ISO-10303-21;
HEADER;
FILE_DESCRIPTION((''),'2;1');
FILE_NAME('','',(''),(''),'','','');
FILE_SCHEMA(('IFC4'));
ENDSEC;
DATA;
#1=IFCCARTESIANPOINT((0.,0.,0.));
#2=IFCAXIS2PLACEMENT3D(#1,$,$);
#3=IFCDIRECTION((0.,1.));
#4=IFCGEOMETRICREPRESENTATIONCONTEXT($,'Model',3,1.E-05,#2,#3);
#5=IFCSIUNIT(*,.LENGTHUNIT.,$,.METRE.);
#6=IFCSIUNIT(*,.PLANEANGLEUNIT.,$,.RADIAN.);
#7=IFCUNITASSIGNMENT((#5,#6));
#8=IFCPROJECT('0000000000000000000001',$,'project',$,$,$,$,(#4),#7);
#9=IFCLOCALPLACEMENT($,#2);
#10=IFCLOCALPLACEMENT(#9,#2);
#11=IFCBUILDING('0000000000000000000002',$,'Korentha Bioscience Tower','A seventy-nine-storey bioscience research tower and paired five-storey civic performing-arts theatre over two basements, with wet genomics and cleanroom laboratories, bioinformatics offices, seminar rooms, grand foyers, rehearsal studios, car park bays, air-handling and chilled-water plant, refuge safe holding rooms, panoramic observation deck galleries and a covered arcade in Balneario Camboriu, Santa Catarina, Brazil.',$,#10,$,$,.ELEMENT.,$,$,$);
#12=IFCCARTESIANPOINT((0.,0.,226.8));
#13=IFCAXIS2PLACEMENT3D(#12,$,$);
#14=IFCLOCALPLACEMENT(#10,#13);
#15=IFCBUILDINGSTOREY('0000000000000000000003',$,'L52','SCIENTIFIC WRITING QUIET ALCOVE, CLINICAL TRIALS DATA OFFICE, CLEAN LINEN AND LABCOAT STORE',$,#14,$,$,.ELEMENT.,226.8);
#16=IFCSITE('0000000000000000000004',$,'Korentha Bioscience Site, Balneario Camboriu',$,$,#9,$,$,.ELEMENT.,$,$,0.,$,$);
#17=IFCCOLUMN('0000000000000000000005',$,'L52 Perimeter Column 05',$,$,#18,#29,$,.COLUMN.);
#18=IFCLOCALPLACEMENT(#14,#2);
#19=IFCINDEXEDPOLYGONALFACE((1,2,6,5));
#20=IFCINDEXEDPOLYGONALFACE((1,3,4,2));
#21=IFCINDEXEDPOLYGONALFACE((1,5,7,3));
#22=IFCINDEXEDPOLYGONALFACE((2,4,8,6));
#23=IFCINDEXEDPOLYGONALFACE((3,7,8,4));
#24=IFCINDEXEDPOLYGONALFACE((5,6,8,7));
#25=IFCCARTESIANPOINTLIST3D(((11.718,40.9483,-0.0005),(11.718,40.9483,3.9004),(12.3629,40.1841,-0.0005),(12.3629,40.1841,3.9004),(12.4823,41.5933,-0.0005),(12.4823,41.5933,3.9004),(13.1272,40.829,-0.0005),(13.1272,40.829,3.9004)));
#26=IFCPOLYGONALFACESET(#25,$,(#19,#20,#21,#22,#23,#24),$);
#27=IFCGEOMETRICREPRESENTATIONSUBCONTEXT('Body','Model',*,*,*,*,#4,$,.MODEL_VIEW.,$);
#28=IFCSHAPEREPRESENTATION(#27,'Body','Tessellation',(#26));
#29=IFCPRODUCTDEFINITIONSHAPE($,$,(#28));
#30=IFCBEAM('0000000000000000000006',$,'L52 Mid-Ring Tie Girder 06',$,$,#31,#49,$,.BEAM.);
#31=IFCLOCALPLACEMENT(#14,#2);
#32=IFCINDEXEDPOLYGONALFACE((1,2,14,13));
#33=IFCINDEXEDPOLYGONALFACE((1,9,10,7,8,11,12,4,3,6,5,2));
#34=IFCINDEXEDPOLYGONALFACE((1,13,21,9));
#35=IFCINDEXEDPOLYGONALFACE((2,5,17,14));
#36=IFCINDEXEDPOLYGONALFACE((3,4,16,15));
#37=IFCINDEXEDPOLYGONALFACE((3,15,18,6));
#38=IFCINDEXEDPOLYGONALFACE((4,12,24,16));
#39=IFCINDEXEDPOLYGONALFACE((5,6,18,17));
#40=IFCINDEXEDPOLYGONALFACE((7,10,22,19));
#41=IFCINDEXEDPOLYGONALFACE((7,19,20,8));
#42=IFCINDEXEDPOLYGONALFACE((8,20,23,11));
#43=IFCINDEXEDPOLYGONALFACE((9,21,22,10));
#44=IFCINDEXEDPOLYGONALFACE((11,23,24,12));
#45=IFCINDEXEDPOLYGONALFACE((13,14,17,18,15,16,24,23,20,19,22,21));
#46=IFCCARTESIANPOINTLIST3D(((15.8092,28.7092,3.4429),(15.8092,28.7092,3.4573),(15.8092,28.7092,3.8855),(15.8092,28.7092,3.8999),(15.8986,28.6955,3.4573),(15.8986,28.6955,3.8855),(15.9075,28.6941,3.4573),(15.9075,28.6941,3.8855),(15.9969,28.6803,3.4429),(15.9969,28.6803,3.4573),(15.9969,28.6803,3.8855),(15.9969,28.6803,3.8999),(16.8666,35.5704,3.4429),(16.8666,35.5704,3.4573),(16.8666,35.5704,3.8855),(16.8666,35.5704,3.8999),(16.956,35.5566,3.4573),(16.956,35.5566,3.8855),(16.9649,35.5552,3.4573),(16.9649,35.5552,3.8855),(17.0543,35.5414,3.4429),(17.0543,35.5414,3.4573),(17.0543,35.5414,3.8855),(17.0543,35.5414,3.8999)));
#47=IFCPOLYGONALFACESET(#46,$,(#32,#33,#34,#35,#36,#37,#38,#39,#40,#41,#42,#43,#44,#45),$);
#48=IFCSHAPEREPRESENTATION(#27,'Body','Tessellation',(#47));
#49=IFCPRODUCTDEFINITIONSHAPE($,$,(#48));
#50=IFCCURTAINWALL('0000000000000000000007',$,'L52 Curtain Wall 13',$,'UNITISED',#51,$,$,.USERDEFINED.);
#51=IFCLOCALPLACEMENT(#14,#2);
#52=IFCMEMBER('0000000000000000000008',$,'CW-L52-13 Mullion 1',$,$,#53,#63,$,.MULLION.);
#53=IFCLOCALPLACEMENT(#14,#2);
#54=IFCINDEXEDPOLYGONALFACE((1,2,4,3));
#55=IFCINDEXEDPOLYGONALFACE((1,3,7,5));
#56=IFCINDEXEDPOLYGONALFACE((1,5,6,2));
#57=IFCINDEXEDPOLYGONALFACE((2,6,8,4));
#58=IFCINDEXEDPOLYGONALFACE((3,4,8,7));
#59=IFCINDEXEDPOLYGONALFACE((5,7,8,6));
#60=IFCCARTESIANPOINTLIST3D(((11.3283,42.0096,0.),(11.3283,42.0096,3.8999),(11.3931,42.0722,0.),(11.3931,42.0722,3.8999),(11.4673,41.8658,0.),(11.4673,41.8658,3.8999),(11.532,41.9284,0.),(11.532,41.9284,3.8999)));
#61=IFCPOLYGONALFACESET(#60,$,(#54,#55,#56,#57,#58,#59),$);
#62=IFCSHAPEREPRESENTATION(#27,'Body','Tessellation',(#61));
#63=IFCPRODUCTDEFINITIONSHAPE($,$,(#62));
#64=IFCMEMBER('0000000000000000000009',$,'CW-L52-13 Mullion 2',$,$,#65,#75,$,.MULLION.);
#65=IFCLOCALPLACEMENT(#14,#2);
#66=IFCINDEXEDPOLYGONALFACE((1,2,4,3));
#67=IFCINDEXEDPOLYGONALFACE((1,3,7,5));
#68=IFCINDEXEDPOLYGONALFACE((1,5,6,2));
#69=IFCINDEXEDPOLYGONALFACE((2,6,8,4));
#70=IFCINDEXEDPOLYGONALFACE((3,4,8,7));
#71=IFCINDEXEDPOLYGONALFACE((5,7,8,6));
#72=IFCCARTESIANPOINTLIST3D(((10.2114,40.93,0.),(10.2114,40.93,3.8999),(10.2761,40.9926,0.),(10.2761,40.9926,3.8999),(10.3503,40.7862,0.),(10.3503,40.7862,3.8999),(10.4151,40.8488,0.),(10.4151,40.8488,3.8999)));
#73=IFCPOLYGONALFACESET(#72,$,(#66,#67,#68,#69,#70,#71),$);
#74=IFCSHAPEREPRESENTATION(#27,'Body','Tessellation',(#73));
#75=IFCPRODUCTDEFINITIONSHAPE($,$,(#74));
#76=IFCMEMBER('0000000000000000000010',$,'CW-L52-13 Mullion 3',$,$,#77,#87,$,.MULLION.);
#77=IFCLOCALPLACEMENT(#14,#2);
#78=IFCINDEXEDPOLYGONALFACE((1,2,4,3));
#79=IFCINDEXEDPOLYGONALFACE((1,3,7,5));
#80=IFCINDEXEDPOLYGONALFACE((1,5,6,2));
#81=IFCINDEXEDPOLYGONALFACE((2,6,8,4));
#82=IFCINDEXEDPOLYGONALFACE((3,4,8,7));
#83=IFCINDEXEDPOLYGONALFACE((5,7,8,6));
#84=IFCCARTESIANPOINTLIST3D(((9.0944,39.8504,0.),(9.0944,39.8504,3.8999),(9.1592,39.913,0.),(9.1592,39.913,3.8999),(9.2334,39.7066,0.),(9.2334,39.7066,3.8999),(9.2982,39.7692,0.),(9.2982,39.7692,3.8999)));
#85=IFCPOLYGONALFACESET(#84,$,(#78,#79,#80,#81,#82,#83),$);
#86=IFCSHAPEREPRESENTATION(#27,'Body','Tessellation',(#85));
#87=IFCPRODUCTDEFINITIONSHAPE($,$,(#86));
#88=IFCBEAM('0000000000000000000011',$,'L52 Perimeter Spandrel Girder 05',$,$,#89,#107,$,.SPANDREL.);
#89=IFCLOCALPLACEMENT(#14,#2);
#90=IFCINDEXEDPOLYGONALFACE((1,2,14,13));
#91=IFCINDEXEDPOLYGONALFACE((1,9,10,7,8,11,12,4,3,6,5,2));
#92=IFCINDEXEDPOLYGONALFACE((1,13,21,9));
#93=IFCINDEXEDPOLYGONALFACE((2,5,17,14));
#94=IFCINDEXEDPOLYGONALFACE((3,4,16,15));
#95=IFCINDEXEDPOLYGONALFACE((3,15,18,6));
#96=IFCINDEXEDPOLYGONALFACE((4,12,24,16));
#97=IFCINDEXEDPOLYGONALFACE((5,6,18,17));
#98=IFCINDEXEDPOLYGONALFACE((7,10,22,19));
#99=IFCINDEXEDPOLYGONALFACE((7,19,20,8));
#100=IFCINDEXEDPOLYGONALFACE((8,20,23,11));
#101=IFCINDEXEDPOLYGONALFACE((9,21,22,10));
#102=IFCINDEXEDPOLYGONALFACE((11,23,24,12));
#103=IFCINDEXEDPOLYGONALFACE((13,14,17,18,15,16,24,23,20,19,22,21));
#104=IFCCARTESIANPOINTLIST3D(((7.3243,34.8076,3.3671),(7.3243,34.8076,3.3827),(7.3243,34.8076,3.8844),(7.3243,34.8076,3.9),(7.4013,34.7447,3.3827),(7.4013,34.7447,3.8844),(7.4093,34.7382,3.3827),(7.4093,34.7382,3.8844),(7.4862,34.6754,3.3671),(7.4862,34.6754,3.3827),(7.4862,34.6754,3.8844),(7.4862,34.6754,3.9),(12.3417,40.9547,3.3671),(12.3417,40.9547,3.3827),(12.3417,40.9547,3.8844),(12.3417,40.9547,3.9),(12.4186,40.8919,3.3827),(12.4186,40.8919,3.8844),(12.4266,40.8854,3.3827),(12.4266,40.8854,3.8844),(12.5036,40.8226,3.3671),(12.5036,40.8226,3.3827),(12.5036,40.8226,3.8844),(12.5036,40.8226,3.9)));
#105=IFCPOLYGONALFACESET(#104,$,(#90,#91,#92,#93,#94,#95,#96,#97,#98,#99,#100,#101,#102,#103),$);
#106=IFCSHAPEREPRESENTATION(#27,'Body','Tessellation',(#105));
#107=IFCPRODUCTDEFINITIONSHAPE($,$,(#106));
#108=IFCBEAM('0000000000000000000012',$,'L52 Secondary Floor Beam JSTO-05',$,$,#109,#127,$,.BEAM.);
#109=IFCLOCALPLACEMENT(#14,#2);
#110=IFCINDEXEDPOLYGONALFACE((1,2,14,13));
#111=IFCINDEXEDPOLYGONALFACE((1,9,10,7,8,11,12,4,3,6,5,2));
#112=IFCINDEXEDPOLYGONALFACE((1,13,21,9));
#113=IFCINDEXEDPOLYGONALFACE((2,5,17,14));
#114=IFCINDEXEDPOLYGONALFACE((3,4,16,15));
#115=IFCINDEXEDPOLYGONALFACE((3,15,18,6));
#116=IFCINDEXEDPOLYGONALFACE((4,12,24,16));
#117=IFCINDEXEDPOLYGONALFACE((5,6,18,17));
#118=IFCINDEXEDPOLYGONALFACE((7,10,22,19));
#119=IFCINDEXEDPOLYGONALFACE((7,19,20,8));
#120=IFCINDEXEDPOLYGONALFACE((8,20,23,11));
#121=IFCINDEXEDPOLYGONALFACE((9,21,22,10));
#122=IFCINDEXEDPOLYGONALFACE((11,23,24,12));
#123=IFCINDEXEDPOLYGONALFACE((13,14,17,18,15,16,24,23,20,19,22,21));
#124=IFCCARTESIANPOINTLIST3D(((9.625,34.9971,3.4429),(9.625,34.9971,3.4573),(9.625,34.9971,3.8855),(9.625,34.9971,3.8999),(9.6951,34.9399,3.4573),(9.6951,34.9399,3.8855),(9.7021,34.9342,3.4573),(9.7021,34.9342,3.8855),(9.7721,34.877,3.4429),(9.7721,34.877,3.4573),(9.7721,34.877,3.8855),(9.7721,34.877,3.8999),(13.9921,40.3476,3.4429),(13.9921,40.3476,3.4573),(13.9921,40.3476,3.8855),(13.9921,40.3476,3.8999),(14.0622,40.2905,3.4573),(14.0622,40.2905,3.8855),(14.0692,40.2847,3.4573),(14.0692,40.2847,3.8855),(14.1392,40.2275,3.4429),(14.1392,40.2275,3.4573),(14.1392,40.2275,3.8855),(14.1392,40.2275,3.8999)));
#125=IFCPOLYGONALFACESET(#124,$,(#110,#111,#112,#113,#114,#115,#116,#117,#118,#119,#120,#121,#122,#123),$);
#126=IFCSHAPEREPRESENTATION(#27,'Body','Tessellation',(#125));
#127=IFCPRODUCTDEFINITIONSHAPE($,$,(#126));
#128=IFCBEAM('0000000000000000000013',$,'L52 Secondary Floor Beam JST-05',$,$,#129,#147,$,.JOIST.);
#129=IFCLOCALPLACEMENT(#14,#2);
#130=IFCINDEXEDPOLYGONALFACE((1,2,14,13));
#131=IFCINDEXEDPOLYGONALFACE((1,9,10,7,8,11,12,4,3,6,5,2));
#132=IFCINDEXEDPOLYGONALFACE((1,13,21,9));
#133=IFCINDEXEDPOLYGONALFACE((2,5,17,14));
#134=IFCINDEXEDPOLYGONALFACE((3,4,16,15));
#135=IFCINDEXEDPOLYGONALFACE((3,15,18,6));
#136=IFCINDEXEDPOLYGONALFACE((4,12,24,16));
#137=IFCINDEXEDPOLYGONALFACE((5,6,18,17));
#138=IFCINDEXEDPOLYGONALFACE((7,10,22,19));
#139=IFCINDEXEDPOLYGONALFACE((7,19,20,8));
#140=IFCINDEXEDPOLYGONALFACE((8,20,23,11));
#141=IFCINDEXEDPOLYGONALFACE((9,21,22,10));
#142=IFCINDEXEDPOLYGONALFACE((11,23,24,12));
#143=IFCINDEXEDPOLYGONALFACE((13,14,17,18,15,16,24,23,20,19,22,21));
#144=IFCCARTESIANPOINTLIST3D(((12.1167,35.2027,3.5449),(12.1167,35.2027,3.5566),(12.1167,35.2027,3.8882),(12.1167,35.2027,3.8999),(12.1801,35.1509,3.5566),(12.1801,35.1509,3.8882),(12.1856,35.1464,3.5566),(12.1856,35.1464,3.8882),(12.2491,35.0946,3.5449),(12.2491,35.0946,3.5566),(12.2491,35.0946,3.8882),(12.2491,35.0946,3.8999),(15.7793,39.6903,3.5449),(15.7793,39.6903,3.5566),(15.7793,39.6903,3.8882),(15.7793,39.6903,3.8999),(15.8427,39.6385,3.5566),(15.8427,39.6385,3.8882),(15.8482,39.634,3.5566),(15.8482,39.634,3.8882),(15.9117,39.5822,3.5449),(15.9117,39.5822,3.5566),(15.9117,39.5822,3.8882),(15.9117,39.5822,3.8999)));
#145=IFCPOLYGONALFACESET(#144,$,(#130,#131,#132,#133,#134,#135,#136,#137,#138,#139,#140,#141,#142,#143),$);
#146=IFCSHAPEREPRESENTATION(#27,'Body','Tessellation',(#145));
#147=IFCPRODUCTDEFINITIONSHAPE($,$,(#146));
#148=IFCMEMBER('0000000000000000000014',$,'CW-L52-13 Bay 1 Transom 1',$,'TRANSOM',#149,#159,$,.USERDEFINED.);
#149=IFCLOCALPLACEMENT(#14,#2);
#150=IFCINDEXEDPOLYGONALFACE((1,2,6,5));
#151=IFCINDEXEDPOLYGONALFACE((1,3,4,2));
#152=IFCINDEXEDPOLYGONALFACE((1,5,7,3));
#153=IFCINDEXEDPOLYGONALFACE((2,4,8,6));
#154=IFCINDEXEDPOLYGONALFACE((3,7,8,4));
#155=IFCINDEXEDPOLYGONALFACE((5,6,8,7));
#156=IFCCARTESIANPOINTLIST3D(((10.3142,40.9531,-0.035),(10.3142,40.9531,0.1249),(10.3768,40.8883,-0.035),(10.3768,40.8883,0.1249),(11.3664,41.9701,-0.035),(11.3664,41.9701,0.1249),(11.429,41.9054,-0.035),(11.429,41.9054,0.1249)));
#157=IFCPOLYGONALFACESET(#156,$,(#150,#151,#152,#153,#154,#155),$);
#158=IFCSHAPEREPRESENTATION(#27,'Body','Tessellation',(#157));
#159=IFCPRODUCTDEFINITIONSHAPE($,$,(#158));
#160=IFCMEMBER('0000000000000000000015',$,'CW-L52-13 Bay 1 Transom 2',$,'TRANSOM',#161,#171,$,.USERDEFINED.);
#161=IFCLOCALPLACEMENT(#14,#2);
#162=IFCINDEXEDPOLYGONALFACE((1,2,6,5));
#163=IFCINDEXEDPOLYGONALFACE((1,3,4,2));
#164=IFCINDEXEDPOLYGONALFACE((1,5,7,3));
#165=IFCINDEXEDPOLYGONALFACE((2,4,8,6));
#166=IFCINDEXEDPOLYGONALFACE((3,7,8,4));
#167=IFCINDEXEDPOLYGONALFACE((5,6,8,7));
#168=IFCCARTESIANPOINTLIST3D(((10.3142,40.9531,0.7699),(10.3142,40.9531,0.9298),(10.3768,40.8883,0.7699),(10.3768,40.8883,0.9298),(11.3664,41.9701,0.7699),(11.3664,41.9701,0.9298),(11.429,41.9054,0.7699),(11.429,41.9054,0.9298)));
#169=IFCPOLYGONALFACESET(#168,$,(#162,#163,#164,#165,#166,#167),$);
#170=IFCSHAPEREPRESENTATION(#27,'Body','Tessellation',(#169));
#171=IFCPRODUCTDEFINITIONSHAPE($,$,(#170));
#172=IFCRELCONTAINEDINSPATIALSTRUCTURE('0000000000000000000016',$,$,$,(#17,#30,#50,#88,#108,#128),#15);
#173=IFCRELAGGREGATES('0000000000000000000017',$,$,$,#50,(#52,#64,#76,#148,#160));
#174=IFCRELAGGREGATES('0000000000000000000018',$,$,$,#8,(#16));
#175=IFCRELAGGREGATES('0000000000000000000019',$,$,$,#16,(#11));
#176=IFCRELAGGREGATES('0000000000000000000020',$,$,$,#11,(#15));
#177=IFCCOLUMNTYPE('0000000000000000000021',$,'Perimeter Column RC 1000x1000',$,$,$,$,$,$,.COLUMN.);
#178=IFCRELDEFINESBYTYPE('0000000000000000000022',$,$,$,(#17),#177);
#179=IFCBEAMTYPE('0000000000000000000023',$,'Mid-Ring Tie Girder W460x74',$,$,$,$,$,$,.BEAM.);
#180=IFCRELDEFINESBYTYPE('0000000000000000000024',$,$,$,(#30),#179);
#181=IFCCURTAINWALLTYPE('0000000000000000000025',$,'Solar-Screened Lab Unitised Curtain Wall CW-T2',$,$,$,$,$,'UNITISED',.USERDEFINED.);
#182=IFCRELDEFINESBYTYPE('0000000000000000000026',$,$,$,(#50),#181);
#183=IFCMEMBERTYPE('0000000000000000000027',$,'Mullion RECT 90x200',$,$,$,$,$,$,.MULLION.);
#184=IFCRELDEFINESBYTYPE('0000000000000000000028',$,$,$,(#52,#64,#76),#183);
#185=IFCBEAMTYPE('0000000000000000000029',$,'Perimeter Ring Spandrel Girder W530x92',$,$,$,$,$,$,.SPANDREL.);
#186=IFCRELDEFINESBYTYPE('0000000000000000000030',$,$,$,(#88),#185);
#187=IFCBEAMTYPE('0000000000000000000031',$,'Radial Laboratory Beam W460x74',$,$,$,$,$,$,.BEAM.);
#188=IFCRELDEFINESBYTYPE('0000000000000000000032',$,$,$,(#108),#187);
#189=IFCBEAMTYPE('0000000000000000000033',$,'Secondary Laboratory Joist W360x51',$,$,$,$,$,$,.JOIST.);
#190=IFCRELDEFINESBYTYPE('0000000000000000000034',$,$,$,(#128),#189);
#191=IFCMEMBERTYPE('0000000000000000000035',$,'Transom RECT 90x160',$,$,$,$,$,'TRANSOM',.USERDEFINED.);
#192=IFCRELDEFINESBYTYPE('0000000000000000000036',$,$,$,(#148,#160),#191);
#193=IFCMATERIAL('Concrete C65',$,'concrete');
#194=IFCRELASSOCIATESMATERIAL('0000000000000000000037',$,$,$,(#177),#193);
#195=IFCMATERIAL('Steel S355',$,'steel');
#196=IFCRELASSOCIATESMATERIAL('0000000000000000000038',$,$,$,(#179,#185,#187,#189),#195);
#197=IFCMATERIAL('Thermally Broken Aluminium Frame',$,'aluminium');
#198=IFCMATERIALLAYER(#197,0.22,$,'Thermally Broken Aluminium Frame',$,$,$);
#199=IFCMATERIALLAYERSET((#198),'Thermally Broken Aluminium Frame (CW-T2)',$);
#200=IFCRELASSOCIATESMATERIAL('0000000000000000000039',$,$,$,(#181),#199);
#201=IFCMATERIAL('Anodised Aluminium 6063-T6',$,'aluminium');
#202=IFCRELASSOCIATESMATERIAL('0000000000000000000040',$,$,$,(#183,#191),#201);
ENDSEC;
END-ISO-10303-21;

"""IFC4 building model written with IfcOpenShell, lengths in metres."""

from ifc_helpers import new_model, si_unit, direction, frame, origin, origin_2d, place, context, subcontext, project, spatial, rectangle, i_section, extrude, material, layer, layer_set, material_profile, profile_set, type_object, element, aggregate, save


model = new_model("IFC4")

# Units and contexts
model_context = context("Model", 3, precision=1e-05, world=origin(), true_north=direction((0.0, 1.0)))
body_context = subcontext(model_context, "Body", "Model", "MODEL_VIEW")
ifc_project = project(units=[si_unit("LENGTHUNIT", "METRE"), si_unit("PLANEANGLEUNIT", "RADIAN")], contexts=[model_context])

# Site, building, storey
site_placement = place(None, origin())
site = spatial("IfcSite", under=ifc_project, at=site_placement, Name="Korentha Bioscience Site, Balneario Camboriu", CompositionType="ELEMENT", RefElevation=0.0)
building_placement = place(site_placement, origin())
building = spatial("IfcBuilding", under=site, at=building_placement, Name="Korentha Bioscience Tower", Description="A seventy-nine-storey bioscience research tower and paired five-storey civic performing-arts theatre over two basements, with wet genomics and cleanroom laboratories, bioinformatics offices, seminar rooms, grand foyers, rehearsal studios, car park bays, air-handling and chilled-water plant, refuge safe holding rooms, panoramic observation deck galleries and a covered arcade in Balneario Camboriu, Santa Catarina, Brazil.", CompositionType="ELEMENT")
storey_placement = place(building_placement, frame((0.0, 0.0, 226.8)))
storey = spatial("IfcBuildingStorey", under=building, at=storey_placement, Name="L52", Description="SCIENTIFIC WRITING QUIET ALCOVE, CLINICAL TRIALS DATA OFFICE, CLEAN LINEN AND LABCOAT STORE", CompositionType="ELEMENT", Elevation=226.8)

# Column
ifc_material_1 = material(Name="Concrete C65", Category="concrete")
ifc_material_profile_1 = material_profile(ifc_material_1, rectangle(XDim=1.0, YDim=1.0, at=origin_2d()), Name="Concrete C65")
ifc_profile_set_1 = profile_set([ifc_material_profile_1], Name="Concrete C65 (COL-P10)")
column_type = type_object("IfcColumnType", Name="Perimeter Column RC 1000x1000", PredefinedType="COLUMN", material=ifc_profile_set_1)
column_placement = place(storey_placement, frame((12.4226, 40.8887, -0.0005), z_axis=(0.0, 0.0, 1.0), x_axis=(0.764246, 0.644924, 0.0)))
element("IfcColumn", 1, at=column_placement, inside=storey, type_object=column_type, Name="L52 Perimeter Column 05", PredefinedType="COLUMN", context=body_context, shape_type="SweptSolid", body=[
    extrude(rectangle(XDim=1.0, YDim=1.0, at=origin_2d()), origin(), (0.0, 0.0, 1.0), 3.9009),
])

# Beam
ifc_material_2 = material(Name="Steel S355", Category="steel")
ifc_material_profile_2 = material_profile(ifc_material_2, i_section(OverallWidth=0.1899, OverallDepth=0.457, WebThickness=0.009, FlangeThickness=0.0144, at=origin_2d()), Name="Steel S355")
ifc_profile_set_2 = profile_set([ifc_material_profile_2], Name="Steel S355 (MB-460)")
beam_type_1 = type_object("IfcBeamType", Name="Mid-Ring Tie Girder W460x74", PredefinedType="BEAM", material=ifc_profile_set_2)
beam_1_placement = place(storey_placement, frame((16.9604, 35.5559, 3.6714), z_axis=(-0.152314, -0.988332, 0.0), x_axis=(0.988332, -0.152314, 0.0)))
element("IfcBeam", 2, at=beam_1_placement, inside=storey, type_object=beam_type_1, Name="L52 Mid-Ring Tie Girder 06", PredefinedType="BEAM", context=body_context, shape_type="SweptSolid", body=[
    extrude(i_section(OverallWidth=0.1899, OverallDepth=0.457, WebThickness=0.009, FlangeThickness=0.0144, at=origin_2d()), origin(), (0.0, 0.0, 1.0), 6.9421),
])

# Curtain wall, members
ifc_material_3 = material(Name="Thermally Broken Aluminium Frame", Category="aluminium")
ifc_layer_1 = layer(ifc_material_3, 0.22, Name="Thermally Broken Aluminium Frame")
ifc_layer_set_1 = layer_set([ifc_layer_1], Name="Thermally Broken Aluminium Frame (CW-T2)")
curtain_wall_type = type_object("IfcCurtainWallType", Name="Solar-Screened Lab Unitised Curtain Wall CW-T2", ElementType="UNITISED", PredefinedType="USERDEFINED", material=ifc_layer_set_1)
curtain_wall_placement = place(storey_placement, origin())
curtain_wall = element("IfcCurtainWall", 3, at=curtain_wall_placement, inside=storey, type_object=curtain_wall_type, Name="L52 Curtain Wall 13", ObjectType="UNITISED", PredefinedType="USERDEFINED")
ifc_material_4 = material(Name="Anodised Aluminium 6063-T6", Category="aluminium")
ifc_material_profile_3 = material_profile(ifc_material_4, rectangle(XDim=0.0901, YDim=0.2, at=origin_2d()), Name="Anodised Aluminium 6063-T6")
ifc_profile_set_3 = profile_set([ifc_material_profile_3], Name="Anodised Aluminium 6063-T6 (CW-MUL)")
member_type_1 = type_object("IfcMemberType", Name="Mullion RECT 90x200", PredefinedType="MULLION", material=ifc_profile_set_3)
member_1_placement = place(storey_placement, frame((11.4302, 41.969, 0.0), z_axis=(0.0, 0.0, 1.0), x_axis=(-0.719, -0.69501, 0.0)))
member_1 = element("IfcMember", 4, at=member_1_placement, type_object=member_type_1, Name="CW-L52-13 Mullion 1", PredefinedType="MULLION", context=body_context, shape_type="SweptSolid", body=[
    extrude(rectangle(XDim=0.0901, YDim=0.2, at=origin_2d()), origin(), (0.0, 0.0, 1.0), 3.8999),
])
member_2_placement = place(storey_placement, frame((10.3132, 40.8894, 0.0), z_axis=(0.0, 0.0, 1.0), x_axis=(-0.719, -0.69501, 0.0)))
member_2 = element("IfcMember", 5, at=member_2_placement, type_object=member_type_1, Name="CW-L52-13 Mullion 2", PredefinedType="MULLION", context=body_context, shape_type="SweptSolid", body=[
    extrude(rectangle(XDim=0.0901, YDim=0.2, at=origin_2d()), origin(), (0.0, 0.0, 1.0), 3.8999),
])
member_3_placement = place(storey_placement, frame((9.1963, 39.8098, 0.0), z_axis=(0.0, 0.0, 1.0), x_axis=(-0.719, -0.69501, 0.0)))
member_3 = element("IfcMember", 6, at=member_3_placement, type_object=member_type_1, Name="CW-L52-13 Mullion 3", PredefinedType="MULLION", context=body_context, shape_type="SweptSolid", body=[
    extrude(rectangle(XDim=0.0901, YDim=0.2, at=origin_2d()), origin(), (0.0, 0.0, 1.0), 3.8999),
])

# Beams
ifc_material_profile_4 = material_profile(ifc_material_2, i_section(OverallWidth=0.209, OverallDepth=0.533, WebThickness=0.0103, FlangeThickness=0.0156, at=origin_2d()), Name="Steel S355")
ifc_profile_set_4 = profile_set([ifc_material_profile_4], Name="Steel S355 (SB-530)")
beam_type_2 = type_object("IfcBeamType", Name="Perimeter Ring Spandrel Girder W530x92", PredefinedType="SPANDREL", material=ifc_profile_set_4)
beam_2_placement = place(storey_placement, frame((12.4226, 40.8887, 3.6335), z_axis=(-0.632316, -0.774711, 0.0), x_axis=(0.774711, -0.632316, 0.0)))
element("IfcBeam", 7, at=beam_2_placement, inside=storey, type_object=beam_type_2, Name="L52 Perimeter Spandrel Girder 05", PredefinedType="SPANDREL", context=body_context, shape_type="SweptSolid", body=[
    extrude(i_section(OverallWidth=0.209, OverallDepth=0.533, WebThickness=0.0103, FlangeThickness=0.0156, at=origin_2d()), origin(), (0.0, 0.0, 1.0), 7.9348),
])
ifc_material_profile_5 = material_profile(ifc_material_2, i_section(OverallWidth=0.1899, OverallDepth=0.457, WebThickness=0.009, FlangeThickness=0.0144, at=origin_2d()), Name="Steel S355")
ifc_profile_set_5 = profile_set([ifc_material_profile_5], Name="Steel S355 (RB-460)")
beam_type_3 = type_object("IfcBeamType", Name="Radial Laboratory Beam W460x74", PredefinedType="BEAM", material=ifc_profile_set_5)
beam_3_placement = place(storey_placement, frame((14.0657, 40.2876, 3.6714), z_axis=(-0.632321, -0.774706, 0.0), x_axis=(0.774706, -0.632321, 0.0)))
element("IfcBeam", 8, at=beam_3_placement, inside=storey, type_object=beam_type_3, Name="L52 Secondary Floor Beam JSTO-05", PredefinedType="BEAM", context=body_context, shape_type="SweptSolid", body=[
    extrude(i_section(OverallWidth=0.1899, OverallDepth=0.457, WebThickness=0.009, FlangeThickness=0.0144, at=origin_2d()), origin(), (0.0, 0.0, 1.0), 6.9065),
])
ifc_material_profile_6 = material_profile(ifc_material_2, i_section(OverallWidth=0.1709, OverallDepth=0.355, WebThickness=0.0071, FlangeThickness=0.0117, at=origin_2d()), Name="Steel S355")
ifc_profile_set_6 = profile_set([ifc_material_profile_6], Name="Steel S355 (JB-360)")
beam_type_4 = type_object("IfcBeamType", Name="Secondary Laboratory Joist W360x51", PredefinedType="JOIST", material=ifc_profile_set_6)
beam_4_placement = place(storey_placement, frame((15.8455, 39.6362, 3.7224), z_axis=(-0.632303, -0.774721, 0.0), x_axis=(0.774721, -0.632303, 0.0)))
element("IfcBeam", 9, at=beam_4_placement, inside=storey, type_object=beam_type_4, Name="L52 Secondary Floor Beam JST-05", PredefinedType="JOIST", context=body_context, shape_type="SweptSolid", body=[
    extrude(i_section(OverallWidth=0.1709, OverallDepth=0.355, WebThickness=0.0071, FlangeThickness=0.0117, at=origin_2d()), origin(), (0.0, 0.0, 1.0), 5.7925),
])

# Members
ifc_material_profile_7 = material_profile(ifc_material_4, rectangle(XDim=0.0901, YDim=0.1599, at=origin_2d()), Name="Anodised Aluminium 6063-T6")
ifc_profile_set_7 = profile_set([ifc_material_profile_7], Name="Anodised Aluminium 6063-T6 (CW-TRN)")
member_type_2 = type_object("IfcMemberType", Name="Transom RECT 90x160", ElementType="TRANSOM", PredefinedType="USERDEFINED", material=ifc_profile_set_7)
member_4_placement = place(storey_placement, frame((11.3977, 41.9377, 0.0449), z_axis=(-0.719016, -0.694993, 0.0), x_axis=(0.694993, -0.719016, 0.0)))
member_4 = element("IfcMember", 10, at=member_4_placement, type_object=member_type_2, Name="CW-L52-13 Bay 1 Transom 1", ObjectType="TRANSOM", PredefinedType="USERDEFINED", context=body_context, shape_type="SweptSolid", body=[
    extrude(rectangle(XDim=0.0901, YDim=0.1599, at=origin_2d()), origin(), (0.0, 0.0, 1.0), 1.4634),
])
member_5_placement = place(storey_placement, frame((11.3977, 41.9377, 0.8499), z_axis=(-0.719016, -0.694993, 0.0), x_axis=(0.694993, -0.719016, 0.0)))
member_5 = element("IfcMember", 11, at=member_5_placement, type_object=member_type_2, Name="CW-L52-13 Bay 1 Transom 2", ObjectType="TRANSOM", PredefinedType="USERDEFINED", context=body_context, shape_type="SweptSolid", body=[
    extrude(rectangle(XDim=0.0901, YDim=0.1599, at=origin_2d()), origin(), (0.0, 0.0, 1.0), 1.4634),
])

aggregate(curtain_wall, [member_1, member_2, member_3, member_4, member_5])

save(model, "model.ifc")
